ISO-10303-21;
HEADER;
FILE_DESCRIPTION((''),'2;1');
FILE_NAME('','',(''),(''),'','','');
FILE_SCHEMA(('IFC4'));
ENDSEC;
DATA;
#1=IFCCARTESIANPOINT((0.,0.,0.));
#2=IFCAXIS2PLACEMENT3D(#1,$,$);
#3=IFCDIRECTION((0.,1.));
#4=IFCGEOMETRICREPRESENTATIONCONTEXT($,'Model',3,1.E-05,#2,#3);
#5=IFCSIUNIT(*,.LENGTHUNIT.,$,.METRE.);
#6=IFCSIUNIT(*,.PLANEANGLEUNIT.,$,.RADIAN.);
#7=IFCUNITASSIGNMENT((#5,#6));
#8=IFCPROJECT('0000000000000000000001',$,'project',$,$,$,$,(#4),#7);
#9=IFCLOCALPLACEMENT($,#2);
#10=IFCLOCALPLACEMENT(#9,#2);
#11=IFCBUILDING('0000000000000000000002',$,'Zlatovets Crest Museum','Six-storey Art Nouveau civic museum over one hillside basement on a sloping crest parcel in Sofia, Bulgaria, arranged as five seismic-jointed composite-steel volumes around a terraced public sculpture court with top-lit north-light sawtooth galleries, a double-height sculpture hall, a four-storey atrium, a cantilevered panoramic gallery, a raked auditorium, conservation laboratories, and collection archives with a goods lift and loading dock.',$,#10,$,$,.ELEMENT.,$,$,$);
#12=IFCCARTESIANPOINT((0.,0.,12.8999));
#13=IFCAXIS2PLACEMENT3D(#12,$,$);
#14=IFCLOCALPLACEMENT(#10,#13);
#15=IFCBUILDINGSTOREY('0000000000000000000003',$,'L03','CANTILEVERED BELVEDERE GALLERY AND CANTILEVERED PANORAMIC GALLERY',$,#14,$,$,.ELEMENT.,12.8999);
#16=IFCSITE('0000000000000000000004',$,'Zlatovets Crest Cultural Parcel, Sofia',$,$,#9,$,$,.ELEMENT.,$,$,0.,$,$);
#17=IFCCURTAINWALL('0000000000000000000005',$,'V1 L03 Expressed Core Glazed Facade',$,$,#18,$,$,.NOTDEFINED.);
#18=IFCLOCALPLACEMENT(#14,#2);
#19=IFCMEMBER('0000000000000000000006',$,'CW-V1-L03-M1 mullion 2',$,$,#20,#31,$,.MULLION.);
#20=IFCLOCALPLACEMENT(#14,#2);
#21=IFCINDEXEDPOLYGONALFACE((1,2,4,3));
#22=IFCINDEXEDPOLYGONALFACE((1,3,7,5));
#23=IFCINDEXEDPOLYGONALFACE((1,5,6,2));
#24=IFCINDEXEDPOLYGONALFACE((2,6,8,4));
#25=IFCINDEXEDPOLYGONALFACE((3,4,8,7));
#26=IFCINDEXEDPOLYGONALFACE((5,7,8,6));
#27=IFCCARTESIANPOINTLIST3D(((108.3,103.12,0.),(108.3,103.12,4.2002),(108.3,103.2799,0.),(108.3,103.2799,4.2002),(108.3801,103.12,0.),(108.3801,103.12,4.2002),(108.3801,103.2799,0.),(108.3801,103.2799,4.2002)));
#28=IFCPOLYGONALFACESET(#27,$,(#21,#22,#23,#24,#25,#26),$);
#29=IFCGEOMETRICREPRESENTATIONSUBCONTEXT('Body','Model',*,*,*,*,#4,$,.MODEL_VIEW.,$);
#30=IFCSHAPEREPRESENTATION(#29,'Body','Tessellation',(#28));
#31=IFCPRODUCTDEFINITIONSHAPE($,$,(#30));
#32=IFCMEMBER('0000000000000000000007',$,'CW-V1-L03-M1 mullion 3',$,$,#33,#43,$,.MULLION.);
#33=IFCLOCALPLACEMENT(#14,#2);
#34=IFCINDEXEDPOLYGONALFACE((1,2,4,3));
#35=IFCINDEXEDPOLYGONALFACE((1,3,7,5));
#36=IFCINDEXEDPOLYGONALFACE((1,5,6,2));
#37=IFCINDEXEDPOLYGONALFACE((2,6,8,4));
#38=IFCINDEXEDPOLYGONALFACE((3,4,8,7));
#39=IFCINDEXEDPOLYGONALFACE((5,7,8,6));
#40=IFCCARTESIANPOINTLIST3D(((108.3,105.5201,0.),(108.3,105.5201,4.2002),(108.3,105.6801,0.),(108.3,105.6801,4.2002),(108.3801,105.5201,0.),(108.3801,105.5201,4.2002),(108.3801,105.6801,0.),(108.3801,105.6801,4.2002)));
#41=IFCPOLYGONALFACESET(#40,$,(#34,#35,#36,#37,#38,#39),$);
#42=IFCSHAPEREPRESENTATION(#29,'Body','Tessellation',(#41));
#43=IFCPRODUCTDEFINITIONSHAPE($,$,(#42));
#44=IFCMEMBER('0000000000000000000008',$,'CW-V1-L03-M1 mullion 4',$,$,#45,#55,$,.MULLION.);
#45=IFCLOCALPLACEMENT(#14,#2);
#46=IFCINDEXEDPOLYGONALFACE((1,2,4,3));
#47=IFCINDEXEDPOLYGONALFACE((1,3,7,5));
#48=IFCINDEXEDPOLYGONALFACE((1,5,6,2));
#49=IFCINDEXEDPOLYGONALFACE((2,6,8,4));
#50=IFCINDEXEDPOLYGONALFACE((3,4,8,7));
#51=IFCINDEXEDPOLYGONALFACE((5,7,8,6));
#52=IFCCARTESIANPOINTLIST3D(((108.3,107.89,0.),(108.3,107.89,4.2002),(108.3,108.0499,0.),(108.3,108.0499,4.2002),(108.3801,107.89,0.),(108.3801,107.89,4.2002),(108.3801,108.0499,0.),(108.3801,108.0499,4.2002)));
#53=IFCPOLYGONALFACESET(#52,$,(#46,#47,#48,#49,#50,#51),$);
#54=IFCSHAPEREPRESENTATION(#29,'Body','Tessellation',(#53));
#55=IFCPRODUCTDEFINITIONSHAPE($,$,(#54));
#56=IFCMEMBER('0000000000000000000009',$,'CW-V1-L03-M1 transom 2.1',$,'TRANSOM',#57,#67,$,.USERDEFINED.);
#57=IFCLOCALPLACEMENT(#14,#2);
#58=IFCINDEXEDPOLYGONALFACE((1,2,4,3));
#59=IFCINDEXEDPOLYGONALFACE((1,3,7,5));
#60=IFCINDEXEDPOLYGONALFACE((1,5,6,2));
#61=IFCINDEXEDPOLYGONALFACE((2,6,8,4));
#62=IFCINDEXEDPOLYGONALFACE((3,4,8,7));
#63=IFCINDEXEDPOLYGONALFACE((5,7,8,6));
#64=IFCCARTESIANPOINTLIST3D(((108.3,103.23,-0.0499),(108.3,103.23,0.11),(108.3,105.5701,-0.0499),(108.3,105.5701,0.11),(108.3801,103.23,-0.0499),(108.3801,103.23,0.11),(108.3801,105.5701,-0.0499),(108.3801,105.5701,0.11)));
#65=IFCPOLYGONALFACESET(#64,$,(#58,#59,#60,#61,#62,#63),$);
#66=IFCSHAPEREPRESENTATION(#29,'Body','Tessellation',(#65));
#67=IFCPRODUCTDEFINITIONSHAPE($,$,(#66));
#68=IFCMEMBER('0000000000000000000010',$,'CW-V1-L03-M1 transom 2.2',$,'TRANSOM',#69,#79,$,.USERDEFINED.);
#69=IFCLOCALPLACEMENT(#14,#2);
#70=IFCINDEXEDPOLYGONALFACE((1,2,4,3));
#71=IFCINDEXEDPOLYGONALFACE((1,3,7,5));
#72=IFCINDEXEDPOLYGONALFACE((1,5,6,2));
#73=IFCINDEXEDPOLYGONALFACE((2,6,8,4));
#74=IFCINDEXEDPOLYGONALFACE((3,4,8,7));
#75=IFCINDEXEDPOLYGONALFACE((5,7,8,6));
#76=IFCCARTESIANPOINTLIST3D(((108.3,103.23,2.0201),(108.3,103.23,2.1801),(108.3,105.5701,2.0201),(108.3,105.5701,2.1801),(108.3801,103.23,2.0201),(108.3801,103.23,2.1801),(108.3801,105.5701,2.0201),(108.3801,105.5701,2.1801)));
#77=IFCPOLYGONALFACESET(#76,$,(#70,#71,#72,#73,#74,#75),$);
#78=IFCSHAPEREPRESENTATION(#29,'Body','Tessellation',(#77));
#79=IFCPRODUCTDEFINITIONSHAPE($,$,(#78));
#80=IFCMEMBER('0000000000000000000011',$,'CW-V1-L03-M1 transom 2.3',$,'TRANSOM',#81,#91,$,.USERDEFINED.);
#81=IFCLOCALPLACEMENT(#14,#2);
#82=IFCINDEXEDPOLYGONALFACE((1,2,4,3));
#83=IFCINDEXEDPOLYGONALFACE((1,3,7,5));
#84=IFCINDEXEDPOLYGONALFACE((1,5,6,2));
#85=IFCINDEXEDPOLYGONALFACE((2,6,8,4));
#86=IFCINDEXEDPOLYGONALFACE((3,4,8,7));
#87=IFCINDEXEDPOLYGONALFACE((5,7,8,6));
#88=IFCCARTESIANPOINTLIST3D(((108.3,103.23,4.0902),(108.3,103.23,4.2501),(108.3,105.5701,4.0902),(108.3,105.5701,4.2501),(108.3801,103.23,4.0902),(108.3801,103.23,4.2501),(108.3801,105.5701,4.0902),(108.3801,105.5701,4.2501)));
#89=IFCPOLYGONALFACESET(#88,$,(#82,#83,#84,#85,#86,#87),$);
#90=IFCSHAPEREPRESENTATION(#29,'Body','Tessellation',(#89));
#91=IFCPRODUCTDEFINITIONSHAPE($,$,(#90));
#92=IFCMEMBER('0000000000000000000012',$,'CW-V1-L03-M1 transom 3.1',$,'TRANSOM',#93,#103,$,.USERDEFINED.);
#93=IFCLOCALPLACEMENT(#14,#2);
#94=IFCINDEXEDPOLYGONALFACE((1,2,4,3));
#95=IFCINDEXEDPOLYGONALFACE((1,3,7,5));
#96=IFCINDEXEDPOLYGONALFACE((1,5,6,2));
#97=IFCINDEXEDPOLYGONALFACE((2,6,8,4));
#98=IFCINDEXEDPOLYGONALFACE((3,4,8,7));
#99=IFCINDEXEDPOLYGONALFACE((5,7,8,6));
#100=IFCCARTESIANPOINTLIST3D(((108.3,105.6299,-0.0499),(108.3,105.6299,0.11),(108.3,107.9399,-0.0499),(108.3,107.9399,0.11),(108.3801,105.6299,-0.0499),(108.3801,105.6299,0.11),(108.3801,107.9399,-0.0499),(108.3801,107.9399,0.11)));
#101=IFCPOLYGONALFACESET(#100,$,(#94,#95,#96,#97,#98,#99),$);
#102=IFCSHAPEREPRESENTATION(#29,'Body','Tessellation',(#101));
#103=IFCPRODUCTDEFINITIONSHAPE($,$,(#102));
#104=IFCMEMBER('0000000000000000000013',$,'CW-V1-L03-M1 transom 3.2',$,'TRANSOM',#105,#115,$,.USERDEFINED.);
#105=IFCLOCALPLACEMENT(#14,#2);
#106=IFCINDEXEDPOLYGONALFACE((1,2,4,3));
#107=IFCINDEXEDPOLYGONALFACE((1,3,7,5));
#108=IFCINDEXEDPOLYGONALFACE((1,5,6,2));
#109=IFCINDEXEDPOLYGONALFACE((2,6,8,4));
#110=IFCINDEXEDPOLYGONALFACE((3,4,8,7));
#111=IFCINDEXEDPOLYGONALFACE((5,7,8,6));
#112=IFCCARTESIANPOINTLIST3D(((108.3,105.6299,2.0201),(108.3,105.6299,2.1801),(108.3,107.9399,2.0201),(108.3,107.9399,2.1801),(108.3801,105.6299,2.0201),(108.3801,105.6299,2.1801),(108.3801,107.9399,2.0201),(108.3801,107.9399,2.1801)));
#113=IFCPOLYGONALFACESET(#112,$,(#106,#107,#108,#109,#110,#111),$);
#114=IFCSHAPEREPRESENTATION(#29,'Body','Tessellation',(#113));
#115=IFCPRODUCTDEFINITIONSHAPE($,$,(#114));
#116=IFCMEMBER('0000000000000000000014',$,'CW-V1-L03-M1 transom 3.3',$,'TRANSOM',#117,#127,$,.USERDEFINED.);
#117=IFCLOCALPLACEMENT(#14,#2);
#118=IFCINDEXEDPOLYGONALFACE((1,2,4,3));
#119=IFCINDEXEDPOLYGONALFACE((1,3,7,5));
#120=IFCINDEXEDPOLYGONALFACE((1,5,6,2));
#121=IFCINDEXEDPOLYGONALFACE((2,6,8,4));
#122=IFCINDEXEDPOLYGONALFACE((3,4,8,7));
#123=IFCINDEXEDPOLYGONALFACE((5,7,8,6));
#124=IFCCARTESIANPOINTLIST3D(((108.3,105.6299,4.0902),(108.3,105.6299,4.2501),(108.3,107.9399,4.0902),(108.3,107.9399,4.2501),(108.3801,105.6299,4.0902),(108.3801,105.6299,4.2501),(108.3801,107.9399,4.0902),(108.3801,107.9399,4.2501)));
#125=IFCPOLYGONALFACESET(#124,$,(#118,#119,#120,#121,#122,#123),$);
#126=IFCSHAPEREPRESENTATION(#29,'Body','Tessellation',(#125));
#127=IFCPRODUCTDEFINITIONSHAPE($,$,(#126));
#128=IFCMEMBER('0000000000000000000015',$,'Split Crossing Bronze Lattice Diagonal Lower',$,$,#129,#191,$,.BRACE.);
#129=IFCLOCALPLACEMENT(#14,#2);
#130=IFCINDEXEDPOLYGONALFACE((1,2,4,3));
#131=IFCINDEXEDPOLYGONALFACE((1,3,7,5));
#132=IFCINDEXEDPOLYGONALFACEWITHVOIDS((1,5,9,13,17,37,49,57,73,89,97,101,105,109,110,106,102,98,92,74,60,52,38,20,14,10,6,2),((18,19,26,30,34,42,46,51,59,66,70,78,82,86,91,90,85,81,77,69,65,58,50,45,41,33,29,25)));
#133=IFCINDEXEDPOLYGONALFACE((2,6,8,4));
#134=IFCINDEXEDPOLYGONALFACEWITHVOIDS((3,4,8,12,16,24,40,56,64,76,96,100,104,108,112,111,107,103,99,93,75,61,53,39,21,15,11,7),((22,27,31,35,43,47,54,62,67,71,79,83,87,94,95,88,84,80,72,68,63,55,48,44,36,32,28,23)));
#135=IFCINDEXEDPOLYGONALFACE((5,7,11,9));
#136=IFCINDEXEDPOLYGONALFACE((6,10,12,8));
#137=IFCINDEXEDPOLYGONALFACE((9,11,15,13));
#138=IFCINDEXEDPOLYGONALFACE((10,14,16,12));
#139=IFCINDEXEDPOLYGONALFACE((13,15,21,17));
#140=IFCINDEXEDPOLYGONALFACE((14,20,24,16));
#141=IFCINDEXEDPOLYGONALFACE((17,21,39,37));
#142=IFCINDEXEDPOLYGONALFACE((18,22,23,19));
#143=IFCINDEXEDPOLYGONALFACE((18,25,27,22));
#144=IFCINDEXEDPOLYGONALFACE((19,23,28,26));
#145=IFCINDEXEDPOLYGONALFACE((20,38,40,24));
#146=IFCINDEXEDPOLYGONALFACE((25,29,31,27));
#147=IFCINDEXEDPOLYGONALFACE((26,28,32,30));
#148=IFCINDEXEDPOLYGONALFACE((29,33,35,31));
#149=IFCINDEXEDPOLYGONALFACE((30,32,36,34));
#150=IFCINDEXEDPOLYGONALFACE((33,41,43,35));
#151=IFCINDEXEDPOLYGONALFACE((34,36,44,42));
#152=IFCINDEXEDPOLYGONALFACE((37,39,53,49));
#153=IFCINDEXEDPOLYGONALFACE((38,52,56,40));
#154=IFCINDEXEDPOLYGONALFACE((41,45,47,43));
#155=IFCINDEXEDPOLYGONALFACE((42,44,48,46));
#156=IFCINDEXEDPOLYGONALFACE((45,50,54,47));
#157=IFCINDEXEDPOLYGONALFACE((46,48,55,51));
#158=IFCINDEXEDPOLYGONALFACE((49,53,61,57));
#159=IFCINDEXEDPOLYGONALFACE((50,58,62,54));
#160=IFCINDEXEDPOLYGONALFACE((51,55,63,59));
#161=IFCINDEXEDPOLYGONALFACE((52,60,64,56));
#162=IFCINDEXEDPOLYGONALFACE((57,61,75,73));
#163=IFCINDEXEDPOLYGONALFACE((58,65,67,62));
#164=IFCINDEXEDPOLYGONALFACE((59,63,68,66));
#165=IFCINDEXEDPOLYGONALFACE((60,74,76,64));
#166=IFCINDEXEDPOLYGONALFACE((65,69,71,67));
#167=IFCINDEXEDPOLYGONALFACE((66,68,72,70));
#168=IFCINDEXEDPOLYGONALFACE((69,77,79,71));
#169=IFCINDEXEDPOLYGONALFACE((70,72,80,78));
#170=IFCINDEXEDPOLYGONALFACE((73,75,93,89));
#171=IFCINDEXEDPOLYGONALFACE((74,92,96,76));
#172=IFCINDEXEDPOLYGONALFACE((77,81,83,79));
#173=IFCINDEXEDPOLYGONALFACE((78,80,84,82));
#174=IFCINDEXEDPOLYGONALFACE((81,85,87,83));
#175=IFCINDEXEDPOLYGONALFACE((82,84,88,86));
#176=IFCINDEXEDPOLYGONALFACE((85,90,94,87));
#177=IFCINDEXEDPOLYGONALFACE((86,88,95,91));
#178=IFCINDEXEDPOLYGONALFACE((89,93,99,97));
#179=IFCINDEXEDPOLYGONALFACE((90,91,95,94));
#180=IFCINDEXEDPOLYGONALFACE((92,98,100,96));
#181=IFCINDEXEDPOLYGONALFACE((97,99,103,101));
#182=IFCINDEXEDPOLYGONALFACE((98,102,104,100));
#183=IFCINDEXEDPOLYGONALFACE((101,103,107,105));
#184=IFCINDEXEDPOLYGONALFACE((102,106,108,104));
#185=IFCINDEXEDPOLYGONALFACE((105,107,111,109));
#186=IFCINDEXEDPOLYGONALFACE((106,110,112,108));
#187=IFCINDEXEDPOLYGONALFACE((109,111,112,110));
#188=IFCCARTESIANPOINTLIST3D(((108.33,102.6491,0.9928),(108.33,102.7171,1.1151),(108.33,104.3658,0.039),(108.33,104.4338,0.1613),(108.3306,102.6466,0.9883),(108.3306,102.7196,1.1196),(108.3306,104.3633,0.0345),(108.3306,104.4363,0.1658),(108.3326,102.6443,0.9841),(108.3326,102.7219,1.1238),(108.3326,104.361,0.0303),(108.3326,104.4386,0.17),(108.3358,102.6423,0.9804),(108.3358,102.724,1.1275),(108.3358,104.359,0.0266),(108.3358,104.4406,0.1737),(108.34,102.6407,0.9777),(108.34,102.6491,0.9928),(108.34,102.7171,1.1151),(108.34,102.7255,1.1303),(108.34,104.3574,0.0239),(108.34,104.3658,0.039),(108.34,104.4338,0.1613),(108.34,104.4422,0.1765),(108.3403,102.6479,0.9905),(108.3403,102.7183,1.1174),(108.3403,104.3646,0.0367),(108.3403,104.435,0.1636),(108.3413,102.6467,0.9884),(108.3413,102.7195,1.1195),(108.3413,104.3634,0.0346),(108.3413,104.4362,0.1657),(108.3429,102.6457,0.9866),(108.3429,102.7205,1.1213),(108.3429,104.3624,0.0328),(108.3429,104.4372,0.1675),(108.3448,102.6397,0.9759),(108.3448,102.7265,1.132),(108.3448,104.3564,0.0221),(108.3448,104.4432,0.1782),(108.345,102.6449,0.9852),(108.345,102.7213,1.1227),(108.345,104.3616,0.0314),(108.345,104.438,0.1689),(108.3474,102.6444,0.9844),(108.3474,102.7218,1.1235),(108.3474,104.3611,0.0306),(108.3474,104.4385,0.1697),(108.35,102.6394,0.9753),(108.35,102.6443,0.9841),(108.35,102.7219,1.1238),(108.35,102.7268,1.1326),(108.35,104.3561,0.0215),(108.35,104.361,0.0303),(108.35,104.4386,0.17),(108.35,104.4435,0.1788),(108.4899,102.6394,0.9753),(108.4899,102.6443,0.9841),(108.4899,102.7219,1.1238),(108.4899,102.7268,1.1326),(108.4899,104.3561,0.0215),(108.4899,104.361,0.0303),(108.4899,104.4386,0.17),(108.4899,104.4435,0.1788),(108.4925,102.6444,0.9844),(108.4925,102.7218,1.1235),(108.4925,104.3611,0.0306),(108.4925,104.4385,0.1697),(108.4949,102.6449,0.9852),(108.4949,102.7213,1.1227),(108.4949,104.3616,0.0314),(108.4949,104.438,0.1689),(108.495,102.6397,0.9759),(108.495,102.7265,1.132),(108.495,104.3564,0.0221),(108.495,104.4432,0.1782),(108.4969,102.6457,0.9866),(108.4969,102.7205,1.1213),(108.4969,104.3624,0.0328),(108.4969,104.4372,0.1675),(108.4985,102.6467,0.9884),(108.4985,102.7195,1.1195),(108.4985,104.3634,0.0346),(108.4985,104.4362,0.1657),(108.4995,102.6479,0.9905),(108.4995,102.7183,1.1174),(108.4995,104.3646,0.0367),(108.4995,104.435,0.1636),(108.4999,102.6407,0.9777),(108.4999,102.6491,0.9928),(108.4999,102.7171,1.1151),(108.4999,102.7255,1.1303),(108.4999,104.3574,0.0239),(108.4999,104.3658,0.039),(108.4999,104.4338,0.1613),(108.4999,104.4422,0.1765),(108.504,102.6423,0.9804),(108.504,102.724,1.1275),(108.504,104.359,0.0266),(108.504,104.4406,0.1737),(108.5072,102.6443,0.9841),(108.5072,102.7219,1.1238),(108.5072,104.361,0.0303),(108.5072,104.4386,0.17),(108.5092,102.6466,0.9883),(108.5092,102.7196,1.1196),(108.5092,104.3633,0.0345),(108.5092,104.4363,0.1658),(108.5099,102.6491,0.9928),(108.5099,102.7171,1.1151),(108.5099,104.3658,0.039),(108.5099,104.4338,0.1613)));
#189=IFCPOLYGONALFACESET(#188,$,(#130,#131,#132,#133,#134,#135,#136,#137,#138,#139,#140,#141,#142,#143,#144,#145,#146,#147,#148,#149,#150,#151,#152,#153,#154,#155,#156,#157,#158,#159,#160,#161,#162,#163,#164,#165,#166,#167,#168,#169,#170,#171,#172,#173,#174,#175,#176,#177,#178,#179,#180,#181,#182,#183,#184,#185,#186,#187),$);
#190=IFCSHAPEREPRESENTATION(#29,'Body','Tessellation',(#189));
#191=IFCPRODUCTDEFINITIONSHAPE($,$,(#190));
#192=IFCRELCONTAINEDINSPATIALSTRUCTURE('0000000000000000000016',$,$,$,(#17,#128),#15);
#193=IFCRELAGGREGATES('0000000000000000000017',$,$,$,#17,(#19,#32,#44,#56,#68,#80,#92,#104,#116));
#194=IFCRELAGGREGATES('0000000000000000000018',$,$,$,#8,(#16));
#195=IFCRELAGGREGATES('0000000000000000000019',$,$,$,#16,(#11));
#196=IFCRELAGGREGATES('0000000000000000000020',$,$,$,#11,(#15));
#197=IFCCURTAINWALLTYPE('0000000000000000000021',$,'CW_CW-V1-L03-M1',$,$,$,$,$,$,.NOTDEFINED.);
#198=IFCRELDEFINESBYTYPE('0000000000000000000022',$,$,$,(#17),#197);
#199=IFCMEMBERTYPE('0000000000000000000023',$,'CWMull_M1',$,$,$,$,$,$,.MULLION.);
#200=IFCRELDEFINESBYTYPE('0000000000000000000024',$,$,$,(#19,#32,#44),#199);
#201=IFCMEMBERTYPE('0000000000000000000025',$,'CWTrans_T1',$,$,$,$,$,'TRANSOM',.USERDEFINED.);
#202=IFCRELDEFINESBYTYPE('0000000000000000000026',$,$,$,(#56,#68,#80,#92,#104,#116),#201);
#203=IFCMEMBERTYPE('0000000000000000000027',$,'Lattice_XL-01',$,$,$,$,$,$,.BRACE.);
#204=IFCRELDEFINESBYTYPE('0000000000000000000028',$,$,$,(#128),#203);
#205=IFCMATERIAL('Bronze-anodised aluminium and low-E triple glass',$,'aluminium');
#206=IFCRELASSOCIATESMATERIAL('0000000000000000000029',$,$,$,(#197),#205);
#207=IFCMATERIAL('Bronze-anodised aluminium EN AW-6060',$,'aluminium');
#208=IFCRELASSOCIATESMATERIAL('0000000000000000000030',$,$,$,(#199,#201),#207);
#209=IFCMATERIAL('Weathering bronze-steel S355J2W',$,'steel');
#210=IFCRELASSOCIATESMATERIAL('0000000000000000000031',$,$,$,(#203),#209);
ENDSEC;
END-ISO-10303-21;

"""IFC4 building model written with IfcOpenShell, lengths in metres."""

from ifc_helpers import new_model, si_unit, direction, frame, origin, origin_2d, place, context, subcontext, project, spatial, rectangle, hollow_rectangle, extrude, material, material_profile, profile_set, type_object, element, aggregate, save


model = new_model("IFC4")

# Units and contexts
model_context = context("Model", 3, precision=1e-05, world=origin(), true_north=direction((0.0, 1.0)))
body_context = subcontext(model_context, "Body", "Model", "MODEL_VIEW")
ifc_project = project(units=[si_unit("LENGTHUNIT", "METRE"), si_unit("PLANEANGLEUNIT", "RADIAN")], contexts=[model_context])

# Site, building, storey
site_placement = place(None, origin())
site = spatial("IfcSite", under=ifc_project, at=site_placement, Name="Zlatovets Crest Cultural Parcel, Sofia", CompositionType="ELEMENT", RefElevation=0.0)
building_placement = place(site_placement, origin())
building = spatial("IfcBuilding", under=site, at=building_placement, Name="Zlatovets Crest Museum", Description="Six-storey Art Nouveau civic museum over one hillside basement on a sloping crest parcel in Sofia, Bulgaria, arranged as five seismic-jointed composite-steel volumes around a terraced public sculpture court with top-lit north-light sawtooth galleries, a double-height sculpture hall, a four-storey atrium, a cantilevered panoramic gallery, a raked auditorium, conservation laboratories, and collection archives with a goods lift and loading dock.", CompositionType="ELEMENT")
storey_placement = place(building_placement, frame((0.0, 0.0, 12.8999)))
storey = spatial("IfcBuildingStorey", under=building, at=storey_placement, Name="L03", Description="CANTILEVERED BELVEDERE GALLERY AND CANTILEVERED PANORAMIC GALLERY", CompositionType="ELEMENT", Elevation=12.8999)

# Curtain wall, members
ifc_material_1 = material(Name="Bronze-anodised aluminium and low-E triple glass", Category="aluminium")
curtain_wall_type = type_object("IfcCurtainWallType", Name="CW_CW-V1-L03-M1", PredefinedType="NOTDEFINED", material=ifc_material_1)
curtain_wall_placement = place(storey_placement, origin())
curtain_wall = element("IfcCurtainWall", 1, at=curtain_wall_placement, inside=storey, type_object=curtain_wall_type, Name="V1 L03 Expressed Core Glazed Facade", PredefinedType="NOTDEFINED")
ifc_material_2 = material(Name="Bronze-anodised aluminium EN AW-6060", Category="aluminium")
ifc_material_profile_1 = material_profile(ifc_material_2, rectangle(XDim=0.0801, YDim=0.1599, at=origin_2d()), Name="ALU 80x160")
ifc_profile_set_1 = profile_set([ifc_material_profile_1], Name="Bronze-anodised aluminium EN AW-6060")
member_type_1 = type_object("IfcMemberType", Name="CWMull_M1", PredefinedType="MULLION", material=ifc_profile_set_1)
member_1_placement = place(storey_placement, frame((108.3401, 103.2, 0.0), z_axis=(0.0, 0.0, 1.0), x_axis=(-1.0, 0.0, 0.0)))
member_1 = element("IfcMember", 2, at=member_1_placement, type_object=member_type_1, Name="CW-V1-L03-M1 mullion 2", PredefinedType="MULLION", context=body_context, shape_type="SweptSolid", body=[
    extrude(rectangle(XDim=0.0801, YDim=0.1599, at=origin_2d()), origin(), (0.0, 0.0, 1.0), 4.2002),
])
member_2_placement = place(storey_placement, frame((108.3401, 105.6001, 0.0), z_axis=(0.0, 0.0, 1.0), x_axis=(-1.0, 0.0, 0.0)))
member_2 = element("IfcMember", 3, at=member_2_placement, type_object=member_type_1, Name="CW-V1-L03-M1 mullion 3", PredefinedType="MULLION", context=body_context, shape_type="SweptSolid", body=[
    extrude(rectangle(XDim=0.0801, YDim=0.1599, at=origin_2d()), origin(), (0.0, 0.0, 1.0), 4.2002),
])
member_3_placement = place(storey_placement, frame((108.3401, 107.97, 0.0), z_axis=(0.0, 0.0, 1.0), x_axis=(-1.0, 0.0, 0.0)))
member_3 = element("IfcMember", 4, at=member_3_placement, type_object=member_type_1, Name="CW-V1-L03-M1 mullion 4", PredefinedType="MULLION", context=body_context, shape_type="SweptSolid", body=[
    extrude(rectangle(XDim=0.0801, YDim=0.1599, at=origin_2d()), origin(), (0.0, 0.0, 1.0), 4.2002),
])
ifc_material_profile_2 = material_profile(ifc_material_2, rectangle(XDim=0.0801, YDim=0.1599, at=origin_2d()), Name="ALU 80x160")
ifc_profile_set_2 = profile_set([ifc_material_profile_2], Name="Bronze-anodised aluminium EN AW-6060")
member_type_2 = type_object("IfcMemberType", Name="CWTrans_T1", ElementType="TRANSOM", PredefinedType="USERDEFINED", material=ifc_profile_set_2)
member_4_placement = place(storey_placement, frame((108.3401, 103.23, 0.03), z_axis=(0.0, 1.0, 0.0), x_axis=(-1.0, 0.0, 0.0)))
member_4 = element("IfcMember", 5, at=member_4_placement, type_object=member_type_2, Name="CW-V1-L03-M1 transom 2.1", ObjectType="TRANSOM", PredefinedType="USERDEFINED", context=body_context, shape_type="SweptSolid", body=[
    extrude(rectangle(XDim=0.0801, YDim=0.1599, at=origin_2d()), origin(), (0.0, 0.0, 1.0), 2.3401),
])
member_5_placement = place(storey_placement, frame((108.3401, 103.23, 2.1001), z_axis=(0.0, 1.0, 0.0), x_axis=(-1.0, 0.0, 0.0)))
member_5 = element("IfcMember", 6, at=member_5_placement, type_object=member_type_2, Name="CW-V1-L03-M1 transom 2.2", ObjectType="TRANSOM", PredefinedType="USERDEFINED", context=body_context, shape_type="SweptSolid", body=[
    extrude(rectangle(XDim=0.0801, YDim=0.1599, at=origin_2d()), origin(), (0.0, 0.0, 1.0), 2.3401),
])
member_6_placement = place(storey_placement, frame((108.3401, 103.23, 4.1702), z_axis=(0.0, 1.0, 0.0), x_axis=(-1.0, 0.0, 0.0)))
member_6 = element("IfcMember", 7, at=member_6_placement, type_object=member_type_2, Name="CW-V1-L03-M1 transom 2.3", ObjectType="TRANSOM", PredefinedType="USERDEFINED", context=body_context, shape_type="SweptSolid", body=[
    extrude(rectangle(XDim=0.0801, YDim=0.1599, at=origin_2d()), origin(), (0.0, 0.0, 1.0), 2.3401),
])
member_7_placement = place(storey_placement, frame((108.3401, 105.6299, 0.03), z_axis=(0.0, 1.0, 0.0), x_axis=(-1.0, 0.0, 0.0)))
member_7 = element("IfcMember", 8, at=member_7_placement, type_object=member_type_2, Name="CW-V1-L03-M1 transom 3.1", ObjectType="TRANSOM", PredefinedType="USERDEFINED", context=body_context, shape_type="SweptSolid", body=[
    extrude(rectangle(XDim=0.0801, YDim=0.1599, at=origin_2d()), origin(), (0.0, 0.0, 1.0), 2.3101),
])
member_8_placement = place(storey_placement, frame((108.3401, 105.6299, 2.1001), z_axis=(0.0, 1.0, 0.0), x_axis=(-1.0, 0.0, 0.0)))
member_8 = element("IfcMember", 9, at=member_8_placement, type_object=member_type_2, Name="CW-V1-L03-M1 transom 3.2", ObjectType="TRANSOM", PredefinedType="USERDEFINED", context=body_context, shape_type="SweptSolid", body=[
    extrude(rectangle(XDim=0.0801, YDim=0.1599, at=origin_2d()), origin(), (0.0, 0.0, 1.0), 2.3101),
])
member_9_placement = place(storey_placement, frame((108.3401, 105.6299, 4.1702), z_axis=(0.0, 1.0, 0.0), x_axis=(-1.0, 0.0, 0.0)))
member_9 = element("IfcMember", 10, at=member_9_placement, type_object=member_type_2, Name="CW-V1-L03-M1 transom 3.3", ObjectType="TRANSOM", PredefinedType="USERDEFINED", context=body_context, shape_type="SweptSolid", body=[
    extrude(rectangle(XDim=0.0801, YDim=0.1599, at=origin_2d()), origin(), (0.0, 0.0, 1.0), 2.3101),
])

# Member
ifc_material_3 = material(Name="Weathering bronze-steel S355J2W", Category="steel")
ifc_material_profile_3 = material_profile(ifc_material_3, hollow_rectangle(XDim=0.1799, YDim=0.1799, WallThickness=0.01, InnerFilletRadius=0.01, OuterFilletRadius=0.02, at=origin_2d()), Name="SHS 180x180x10.0")
ifc_profile_set_3 = profile_set([ifc_material_profile_3], Name="Weathering bronze-steel S355J2W")
member_type_3 = type_object("IfcMemberType", Name="Lattice_XL-01", PredefinedType="BRACE", material=ifc_profile_set_3)
member_10_placement = place(storey_placement, frame((108.4199, 102.6831, 1.054), z_axis=(0.0, 0.87414, -0.485675), x_axis=(-1.0, 0.0, 0.0)))
element("IfcMember", 11, at=member_10_placement, inside=storey, type_object=member_type_3, Name="Split Crossing Bronze Lattice Diagonal Lower", PredefinedType="BRACE", context=body_context, shape_type="SweptSolid", body=[
    extrude(hollow_rectangle(XDim=0.1799, YDim=0.1799, WallThickness=0.01, InnerFilletRadius=0.01, OuterFilletRadius=0.02, at=origin_2d()), origin(), (0.0, 0.0, 1.0), 1.9639),
])

aggregate(curtain_wall, [member_1, member_2, member_3, member_4, member_5, member_6, member_7, member_8, member_9])

save(model, "model.ifc")
